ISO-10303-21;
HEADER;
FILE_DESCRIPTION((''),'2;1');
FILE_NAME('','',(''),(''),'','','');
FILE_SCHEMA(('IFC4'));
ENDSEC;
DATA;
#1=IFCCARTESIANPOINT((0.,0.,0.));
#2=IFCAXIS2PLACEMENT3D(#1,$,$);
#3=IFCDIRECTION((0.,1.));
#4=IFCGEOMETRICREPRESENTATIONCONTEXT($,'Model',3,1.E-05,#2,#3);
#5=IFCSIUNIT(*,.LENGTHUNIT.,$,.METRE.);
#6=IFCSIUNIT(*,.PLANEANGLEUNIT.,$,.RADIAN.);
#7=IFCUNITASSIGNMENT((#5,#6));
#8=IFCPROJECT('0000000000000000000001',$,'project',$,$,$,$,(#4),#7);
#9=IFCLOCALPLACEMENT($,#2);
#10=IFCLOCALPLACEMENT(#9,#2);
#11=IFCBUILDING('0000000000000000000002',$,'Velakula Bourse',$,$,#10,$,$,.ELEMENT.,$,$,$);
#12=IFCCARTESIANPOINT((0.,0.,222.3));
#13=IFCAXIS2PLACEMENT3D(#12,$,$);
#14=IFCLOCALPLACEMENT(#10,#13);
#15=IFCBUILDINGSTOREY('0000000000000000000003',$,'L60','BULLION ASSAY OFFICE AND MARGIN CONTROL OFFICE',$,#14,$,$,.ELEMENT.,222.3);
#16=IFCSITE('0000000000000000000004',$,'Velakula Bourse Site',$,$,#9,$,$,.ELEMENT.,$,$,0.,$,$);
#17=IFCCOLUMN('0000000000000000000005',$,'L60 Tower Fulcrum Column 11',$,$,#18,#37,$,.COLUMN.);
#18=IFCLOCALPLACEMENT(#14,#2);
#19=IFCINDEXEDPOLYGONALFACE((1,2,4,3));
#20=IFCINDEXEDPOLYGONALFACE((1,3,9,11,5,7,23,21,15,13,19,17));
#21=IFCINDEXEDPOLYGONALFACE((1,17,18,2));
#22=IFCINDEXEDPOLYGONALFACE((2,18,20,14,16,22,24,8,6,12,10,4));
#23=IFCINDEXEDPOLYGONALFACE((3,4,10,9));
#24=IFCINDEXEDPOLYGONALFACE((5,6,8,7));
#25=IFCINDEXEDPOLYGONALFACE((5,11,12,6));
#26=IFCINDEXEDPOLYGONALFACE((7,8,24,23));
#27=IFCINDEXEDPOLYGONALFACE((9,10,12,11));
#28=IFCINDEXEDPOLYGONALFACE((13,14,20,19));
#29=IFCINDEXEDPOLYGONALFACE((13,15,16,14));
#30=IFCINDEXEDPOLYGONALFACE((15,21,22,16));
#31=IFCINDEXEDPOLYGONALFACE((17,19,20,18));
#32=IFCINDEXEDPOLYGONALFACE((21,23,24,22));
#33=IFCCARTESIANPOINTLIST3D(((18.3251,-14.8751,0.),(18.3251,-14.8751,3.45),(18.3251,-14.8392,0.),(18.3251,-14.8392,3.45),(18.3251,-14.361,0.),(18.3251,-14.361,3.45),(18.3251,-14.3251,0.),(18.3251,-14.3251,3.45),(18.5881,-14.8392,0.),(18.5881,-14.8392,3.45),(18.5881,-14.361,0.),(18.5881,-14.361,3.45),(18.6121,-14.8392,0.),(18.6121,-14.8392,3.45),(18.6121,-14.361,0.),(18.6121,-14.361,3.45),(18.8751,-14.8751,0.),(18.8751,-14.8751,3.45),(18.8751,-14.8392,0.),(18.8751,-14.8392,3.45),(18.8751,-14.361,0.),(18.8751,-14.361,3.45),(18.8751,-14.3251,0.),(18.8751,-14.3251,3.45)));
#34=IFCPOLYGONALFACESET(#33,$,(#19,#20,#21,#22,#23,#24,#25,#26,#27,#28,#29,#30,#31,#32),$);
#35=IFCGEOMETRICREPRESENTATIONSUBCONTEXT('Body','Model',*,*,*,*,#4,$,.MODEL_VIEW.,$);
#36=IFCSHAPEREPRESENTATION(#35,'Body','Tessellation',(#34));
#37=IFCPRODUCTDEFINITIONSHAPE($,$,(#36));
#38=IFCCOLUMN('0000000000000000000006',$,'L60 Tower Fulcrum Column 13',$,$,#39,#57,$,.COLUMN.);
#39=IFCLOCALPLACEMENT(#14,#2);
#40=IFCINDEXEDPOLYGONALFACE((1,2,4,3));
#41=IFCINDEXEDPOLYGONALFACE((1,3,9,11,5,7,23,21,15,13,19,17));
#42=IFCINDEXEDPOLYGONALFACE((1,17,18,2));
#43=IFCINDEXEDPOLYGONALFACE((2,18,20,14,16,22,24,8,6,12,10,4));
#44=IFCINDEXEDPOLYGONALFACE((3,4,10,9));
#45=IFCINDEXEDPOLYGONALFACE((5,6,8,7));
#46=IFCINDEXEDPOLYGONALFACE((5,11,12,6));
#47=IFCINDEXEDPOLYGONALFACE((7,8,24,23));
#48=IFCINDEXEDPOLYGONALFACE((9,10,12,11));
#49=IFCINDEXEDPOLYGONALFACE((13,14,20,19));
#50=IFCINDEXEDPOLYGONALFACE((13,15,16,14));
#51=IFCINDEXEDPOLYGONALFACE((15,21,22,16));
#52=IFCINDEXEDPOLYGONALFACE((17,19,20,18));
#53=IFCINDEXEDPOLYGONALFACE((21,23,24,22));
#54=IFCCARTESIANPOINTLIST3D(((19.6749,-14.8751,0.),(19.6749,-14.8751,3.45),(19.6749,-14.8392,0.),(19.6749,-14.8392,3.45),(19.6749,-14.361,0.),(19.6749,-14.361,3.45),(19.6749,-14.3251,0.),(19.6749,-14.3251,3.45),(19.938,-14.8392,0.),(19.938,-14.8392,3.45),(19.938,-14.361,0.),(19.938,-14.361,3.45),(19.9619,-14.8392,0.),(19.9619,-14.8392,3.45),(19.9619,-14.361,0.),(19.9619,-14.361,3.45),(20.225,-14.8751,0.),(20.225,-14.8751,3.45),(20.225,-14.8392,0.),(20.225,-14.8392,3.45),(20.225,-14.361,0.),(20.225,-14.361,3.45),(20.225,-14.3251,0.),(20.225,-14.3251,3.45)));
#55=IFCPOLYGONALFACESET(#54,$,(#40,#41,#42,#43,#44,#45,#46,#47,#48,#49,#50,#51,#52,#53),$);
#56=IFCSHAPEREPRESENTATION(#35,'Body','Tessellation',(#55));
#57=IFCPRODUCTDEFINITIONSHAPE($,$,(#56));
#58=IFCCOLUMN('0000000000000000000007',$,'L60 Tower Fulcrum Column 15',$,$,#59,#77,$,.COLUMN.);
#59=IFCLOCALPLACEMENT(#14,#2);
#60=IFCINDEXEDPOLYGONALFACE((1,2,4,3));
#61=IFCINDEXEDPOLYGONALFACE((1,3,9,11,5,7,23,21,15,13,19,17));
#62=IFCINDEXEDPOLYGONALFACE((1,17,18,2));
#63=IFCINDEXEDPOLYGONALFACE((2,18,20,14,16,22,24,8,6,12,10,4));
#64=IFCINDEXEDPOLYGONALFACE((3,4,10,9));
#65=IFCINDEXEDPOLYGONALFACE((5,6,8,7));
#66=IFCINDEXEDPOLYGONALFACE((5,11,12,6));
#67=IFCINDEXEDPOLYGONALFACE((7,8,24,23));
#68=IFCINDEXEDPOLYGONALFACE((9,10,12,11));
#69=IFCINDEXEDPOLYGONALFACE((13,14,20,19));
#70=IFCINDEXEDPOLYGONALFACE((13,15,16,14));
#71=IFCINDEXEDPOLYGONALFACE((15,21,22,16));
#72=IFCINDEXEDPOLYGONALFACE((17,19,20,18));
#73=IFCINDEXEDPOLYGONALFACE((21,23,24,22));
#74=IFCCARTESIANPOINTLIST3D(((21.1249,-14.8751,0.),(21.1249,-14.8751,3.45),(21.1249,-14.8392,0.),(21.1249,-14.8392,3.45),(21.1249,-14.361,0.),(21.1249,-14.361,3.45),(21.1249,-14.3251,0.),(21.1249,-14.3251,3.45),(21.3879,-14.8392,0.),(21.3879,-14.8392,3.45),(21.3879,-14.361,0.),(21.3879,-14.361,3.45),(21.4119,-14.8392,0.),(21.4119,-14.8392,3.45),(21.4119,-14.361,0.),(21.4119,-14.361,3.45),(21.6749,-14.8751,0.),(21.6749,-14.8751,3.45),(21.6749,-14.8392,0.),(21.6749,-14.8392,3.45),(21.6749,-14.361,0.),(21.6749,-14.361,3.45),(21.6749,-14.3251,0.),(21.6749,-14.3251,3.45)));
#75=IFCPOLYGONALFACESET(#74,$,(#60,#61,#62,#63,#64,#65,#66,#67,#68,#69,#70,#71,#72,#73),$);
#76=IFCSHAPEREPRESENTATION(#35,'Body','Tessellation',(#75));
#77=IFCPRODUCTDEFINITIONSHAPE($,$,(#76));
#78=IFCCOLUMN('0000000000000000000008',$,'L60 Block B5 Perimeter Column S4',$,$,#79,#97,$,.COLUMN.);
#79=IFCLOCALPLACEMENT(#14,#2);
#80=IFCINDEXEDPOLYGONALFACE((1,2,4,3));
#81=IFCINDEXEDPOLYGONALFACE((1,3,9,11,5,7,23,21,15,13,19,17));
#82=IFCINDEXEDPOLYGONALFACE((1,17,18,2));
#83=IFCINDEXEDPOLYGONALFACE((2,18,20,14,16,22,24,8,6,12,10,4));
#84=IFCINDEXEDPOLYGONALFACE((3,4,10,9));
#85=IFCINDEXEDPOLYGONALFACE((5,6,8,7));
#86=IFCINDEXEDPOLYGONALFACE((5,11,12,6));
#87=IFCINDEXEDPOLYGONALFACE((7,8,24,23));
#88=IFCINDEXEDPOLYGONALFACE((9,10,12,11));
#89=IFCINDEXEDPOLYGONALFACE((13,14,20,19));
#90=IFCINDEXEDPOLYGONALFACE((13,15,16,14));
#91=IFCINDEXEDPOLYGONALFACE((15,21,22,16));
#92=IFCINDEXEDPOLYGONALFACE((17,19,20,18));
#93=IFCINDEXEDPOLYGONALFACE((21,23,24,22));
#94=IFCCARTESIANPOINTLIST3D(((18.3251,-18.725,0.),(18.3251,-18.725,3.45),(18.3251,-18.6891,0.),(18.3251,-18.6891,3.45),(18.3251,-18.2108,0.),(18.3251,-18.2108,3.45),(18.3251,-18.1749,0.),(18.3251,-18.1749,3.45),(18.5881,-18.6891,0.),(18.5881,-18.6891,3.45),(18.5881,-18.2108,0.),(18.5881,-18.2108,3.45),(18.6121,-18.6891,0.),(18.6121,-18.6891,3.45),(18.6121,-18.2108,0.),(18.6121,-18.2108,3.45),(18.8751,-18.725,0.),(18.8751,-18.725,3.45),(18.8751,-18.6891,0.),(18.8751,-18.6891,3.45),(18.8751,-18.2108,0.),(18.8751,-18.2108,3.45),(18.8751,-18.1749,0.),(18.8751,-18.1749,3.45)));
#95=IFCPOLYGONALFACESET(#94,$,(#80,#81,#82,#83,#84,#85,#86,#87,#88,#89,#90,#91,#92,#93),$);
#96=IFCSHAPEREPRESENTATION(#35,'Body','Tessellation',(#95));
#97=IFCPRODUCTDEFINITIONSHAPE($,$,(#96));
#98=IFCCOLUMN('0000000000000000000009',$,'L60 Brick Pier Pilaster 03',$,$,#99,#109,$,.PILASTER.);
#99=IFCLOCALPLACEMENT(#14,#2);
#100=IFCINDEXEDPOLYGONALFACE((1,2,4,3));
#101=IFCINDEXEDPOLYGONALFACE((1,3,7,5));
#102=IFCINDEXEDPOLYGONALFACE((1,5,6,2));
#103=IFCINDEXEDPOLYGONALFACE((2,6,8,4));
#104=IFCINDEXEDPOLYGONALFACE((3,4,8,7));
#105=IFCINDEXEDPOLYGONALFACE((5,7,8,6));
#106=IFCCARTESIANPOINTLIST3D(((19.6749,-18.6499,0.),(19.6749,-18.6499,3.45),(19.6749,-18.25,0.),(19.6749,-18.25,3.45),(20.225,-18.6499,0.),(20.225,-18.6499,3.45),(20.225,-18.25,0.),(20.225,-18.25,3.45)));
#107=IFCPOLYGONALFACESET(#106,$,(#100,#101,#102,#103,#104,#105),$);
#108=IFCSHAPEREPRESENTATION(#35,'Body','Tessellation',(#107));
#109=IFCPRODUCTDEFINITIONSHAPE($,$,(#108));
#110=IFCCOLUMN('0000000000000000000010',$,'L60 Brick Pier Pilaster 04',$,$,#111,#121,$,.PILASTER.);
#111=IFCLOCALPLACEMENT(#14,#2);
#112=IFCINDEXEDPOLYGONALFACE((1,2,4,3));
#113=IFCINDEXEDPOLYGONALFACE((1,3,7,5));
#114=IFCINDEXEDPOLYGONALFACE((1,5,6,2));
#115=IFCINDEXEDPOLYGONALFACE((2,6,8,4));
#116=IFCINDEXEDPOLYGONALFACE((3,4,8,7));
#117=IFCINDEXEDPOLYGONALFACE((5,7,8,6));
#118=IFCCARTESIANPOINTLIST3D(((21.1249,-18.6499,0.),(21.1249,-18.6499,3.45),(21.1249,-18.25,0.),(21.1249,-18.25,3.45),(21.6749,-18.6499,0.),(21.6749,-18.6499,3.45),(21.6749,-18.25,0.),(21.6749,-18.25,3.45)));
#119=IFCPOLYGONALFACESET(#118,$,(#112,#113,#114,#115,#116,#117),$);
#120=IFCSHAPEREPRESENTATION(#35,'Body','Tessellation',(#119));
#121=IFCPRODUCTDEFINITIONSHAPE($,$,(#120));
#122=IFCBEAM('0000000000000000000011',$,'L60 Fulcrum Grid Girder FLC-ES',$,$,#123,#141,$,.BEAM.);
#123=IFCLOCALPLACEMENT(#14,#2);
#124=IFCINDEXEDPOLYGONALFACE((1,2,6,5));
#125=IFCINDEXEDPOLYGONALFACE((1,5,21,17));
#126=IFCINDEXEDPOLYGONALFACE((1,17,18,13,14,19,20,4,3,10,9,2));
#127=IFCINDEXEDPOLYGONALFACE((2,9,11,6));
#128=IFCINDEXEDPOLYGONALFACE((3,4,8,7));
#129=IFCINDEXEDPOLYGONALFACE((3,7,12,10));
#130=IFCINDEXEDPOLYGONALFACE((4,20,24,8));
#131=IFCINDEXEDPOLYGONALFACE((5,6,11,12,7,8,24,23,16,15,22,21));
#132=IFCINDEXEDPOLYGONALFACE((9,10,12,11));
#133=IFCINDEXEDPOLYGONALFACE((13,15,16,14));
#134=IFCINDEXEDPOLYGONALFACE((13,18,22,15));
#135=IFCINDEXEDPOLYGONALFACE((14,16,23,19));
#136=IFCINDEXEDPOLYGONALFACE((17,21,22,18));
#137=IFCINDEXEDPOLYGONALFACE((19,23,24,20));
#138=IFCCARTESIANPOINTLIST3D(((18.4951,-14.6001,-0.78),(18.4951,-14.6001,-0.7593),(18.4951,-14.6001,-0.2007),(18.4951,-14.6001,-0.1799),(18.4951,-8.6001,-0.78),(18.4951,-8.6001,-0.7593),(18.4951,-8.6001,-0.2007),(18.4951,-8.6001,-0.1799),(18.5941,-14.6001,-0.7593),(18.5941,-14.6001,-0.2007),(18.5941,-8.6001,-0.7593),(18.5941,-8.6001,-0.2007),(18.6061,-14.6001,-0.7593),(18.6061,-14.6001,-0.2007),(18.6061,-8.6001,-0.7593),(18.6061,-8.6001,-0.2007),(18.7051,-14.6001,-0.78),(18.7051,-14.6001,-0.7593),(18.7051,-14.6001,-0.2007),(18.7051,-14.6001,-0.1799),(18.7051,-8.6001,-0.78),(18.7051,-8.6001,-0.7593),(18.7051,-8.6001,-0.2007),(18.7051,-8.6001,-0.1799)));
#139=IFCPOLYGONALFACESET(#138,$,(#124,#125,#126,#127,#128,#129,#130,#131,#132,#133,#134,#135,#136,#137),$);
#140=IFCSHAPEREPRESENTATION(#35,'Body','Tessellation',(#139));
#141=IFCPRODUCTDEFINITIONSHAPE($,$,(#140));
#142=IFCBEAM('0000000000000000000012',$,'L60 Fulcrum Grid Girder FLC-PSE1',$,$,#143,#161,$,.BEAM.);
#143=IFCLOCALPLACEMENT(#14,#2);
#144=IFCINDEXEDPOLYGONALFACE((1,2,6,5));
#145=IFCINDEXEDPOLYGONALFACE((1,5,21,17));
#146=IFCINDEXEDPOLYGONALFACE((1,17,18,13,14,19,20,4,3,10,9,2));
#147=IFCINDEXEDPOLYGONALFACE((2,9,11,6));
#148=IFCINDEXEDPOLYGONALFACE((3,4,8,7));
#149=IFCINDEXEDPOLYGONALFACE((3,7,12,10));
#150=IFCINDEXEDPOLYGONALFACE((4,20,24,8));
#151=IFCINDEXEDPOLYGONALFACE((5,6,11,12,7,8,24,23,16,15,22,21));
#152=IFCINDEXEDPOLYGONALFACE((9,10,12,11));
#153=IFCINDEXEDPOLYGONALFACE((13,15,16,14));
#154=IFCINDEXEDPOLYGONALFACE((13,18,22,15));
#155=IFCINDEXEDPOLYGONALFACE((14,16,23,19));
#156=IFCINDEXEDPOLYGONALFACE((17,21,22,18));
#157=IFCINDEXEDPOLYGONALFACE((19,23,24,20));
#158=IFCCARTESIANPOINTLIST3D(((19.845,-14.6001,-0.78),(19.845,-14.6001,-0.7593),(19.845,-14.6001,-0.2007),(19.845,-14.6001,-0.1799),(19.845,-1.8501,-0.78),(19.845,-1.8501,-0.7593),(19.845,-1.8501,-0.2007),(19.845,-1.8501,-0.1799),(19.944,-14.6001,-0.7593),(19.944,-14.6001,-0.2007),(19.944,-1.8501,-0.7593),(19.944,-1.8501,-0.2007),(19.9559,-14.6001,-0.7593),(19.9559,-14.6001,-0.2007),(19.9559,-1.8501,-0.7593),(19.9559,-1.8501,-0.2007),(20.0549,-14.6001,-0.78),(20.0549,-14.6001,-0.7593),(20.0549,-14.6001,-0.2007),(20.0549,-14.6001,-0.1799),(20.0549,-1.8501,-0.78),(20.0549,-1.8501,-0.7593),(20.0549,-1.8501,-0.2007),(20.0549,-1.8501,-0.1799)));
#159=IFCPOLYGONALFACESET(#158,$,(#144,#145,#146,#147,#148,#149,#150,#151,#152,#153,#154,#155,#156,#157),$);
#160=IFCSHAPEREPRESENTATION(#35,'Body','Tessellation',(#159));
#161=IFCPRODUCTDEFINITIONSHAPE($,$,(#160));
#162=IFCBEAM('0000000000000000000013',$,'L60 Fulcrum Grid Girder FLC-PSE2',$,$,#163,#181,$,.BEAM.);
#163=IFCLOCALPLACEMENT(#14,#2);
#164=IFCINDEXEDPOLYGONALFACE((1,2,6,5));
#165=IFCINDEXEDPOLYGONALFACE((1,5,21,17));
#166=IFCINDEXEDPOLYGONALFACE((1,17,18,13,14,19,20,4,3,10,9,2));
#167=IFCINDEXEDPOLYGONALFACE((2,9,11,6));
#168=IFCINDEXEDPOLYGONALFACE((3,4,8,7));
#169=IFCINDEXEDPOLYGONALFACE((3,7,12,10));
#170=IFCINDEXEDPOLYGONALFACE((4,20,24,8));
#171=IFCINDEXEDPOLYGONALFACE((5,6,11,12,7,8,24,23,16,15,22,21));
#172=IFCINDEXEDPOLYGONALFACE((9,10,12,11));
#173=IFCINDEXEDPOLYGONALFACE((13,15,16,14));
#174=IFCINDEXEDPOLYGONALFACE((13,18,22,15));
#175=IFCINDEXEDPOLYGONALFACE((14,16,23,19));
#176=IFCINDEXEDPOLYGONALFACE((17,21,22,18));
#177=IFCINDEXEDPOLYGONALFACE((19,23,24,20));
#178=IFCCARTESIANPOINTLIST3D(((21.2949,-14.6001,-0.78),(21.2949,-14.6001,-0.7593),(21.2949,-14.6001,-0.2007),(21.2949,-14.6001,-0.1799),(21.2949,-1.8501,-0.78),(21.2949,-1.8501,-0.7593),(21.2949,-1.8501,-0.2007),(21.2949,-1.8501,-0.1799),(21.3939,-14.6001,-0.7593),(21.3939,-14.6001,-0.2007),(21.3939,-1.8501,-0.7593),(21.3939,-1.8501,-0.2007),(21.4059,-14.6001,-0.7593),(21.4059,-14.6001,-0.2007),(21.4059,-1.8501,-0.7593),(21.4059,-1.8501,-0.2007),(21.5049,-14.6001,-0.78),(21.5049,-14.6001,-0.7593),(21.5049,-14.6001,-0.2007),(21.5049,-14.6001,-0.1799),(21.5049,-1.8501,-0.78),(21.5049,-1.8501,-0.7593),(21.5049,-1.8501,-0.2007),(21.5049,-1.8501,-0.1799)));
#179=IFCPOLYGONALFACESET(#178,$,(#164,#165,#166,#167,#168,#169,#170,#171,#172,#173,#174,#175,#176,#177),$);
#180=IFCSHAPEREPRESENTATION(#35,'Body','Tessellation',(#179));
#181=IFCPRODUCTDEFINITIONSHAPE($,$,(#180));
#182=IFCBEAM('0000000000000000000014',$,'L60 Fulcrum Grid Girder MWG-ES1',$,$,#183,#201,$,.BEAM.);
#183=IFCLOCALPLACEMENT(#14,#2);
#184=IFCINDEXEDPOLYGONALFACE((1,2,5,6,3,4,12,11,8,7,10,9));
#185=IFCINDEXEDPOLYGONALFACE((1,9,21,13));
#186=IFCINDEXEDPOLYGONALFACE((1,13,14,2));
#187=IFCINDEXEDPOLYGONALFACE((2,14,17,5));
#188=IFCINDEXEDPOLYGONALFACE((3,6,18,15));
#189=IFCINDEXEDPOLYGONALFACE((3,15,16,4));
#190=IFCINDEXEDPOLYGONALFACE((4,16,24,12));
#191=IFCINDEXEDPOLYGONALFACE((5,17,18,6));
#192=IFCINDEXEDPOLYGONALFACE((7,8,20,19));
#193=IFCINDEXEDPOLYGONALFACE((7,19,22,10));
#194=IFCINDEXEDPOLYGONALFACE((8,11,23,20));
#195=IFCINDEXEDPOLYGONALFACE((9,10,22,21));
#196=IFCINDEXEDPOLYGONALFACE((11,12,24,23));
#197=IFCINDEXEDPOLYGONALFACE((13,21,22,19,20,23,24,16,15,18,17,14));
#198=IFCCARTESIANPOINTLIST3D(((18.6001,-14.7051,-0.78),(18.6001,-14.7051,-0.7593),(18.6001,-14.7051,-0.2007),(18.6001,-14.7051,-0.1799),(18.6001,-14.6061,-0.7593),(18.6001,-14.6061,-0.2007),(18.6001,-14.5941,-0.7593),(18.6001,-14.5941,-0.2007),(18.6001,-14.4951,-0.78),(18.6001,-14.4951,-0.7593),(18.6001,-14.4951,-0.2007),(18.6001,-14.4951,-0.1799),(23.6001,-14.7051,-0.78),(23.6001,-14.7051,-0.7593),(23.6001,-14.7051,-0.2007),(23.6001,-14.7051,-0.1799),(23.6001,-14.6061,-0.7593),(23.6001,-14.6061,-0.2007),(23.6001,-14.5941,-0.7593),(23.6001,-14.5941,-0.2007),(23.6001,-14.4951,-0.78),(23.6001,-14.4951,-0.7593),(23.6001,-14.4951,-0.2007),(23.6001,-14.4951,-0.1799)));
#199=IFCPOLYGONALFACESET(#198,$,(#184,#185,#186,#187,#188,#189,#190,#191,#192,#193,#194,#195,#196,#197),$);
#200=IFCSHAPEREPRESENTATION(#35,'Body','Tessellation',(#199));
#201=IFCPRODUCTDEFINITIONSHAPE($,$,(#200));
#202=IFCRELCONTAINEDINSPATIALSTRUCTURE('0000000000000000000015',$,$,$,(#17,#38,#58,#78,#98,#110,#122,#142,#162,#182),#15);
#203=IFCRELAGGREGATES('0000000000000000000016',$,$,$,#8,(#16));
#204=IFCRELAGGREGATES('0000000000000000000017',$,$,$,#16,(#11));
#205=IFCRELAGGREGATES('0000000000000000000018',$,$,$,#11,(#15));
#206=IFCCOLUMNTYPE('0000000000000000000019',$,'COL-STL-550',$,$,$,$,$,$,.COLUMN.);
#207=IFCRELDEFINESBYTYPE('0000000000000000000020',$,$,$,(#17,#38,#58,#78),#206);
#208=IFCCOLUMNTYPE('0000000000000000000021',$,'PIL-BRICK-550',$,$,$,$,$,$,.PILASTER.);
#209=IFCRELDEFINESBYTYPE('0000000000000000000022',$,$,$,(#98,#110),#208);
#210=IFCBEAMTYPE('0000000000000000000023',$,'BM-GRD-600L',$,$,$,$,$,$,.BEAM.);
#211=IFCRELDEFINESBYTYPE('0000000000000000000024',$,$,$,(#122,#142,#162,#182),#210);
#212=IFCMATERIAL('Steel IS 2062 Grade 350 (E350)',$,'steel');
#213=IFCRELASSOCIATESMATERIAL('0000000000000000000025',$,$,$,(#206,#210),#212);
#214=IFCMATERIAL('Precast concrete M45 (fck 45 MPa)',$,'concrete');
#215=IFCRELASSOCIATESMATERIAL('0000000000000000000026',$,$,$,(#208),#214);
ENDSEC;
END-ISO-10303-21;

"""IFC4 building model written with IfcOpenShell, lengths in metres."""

from ifc_helpers import new_model, si_unit, direction, frame, origin, origin_2d, place, context, subcontext, project, spatial, rectangle, i_section, extrude, material, material_profile, profile_set, type_object, element, save


model = new_model("IFC4")

# Units and contexts
model_context = context("Model", 3, precision=1e-05, world=origin(), true_north=direction((0.0, 1.0)))
body_context = subcontext(model_context, "Body", "Model", "MODEL_VIEW")
ifc_project = project(units=[si_unit("LENGTHUNIT", "METRE"), si_unit("PLANEANGLEUNIT", "RADIAN")], contexts=[model_context])

# Site, building, storey
site_placement = place(None, origin())
site = spatial("IfcSite", under=ifc_project, at=site_placement, Name="Velakula Bourse Site", CompositionType="ELEMENT", RefElevation=0.0)
building_placement = place(site_placement, origin())
building = spatial("IfcBuilding", under=site, at=building_placement, Name="Velakula Bourse", CompositionType="ELEMENT")
storey_placement = place(building_placement, frame((0.0, 0.0, 222.3)))
storey = spatial("IfcBuildingStorey", under=building, at=storey_placement, Name="L60", Description="BULLION ASSAY OFFICE AND MARGIN CONTROL OFFICE", CompositionType="ELEMENT", Elevation=222.3)

# Columns
ifc_material_1 = material(Name="Steel IS 2062 Grade 350 (E350)", Category="steel")
ifc_material_profile_1 = material_profile(ifc_material_1, i_section(OverallWidth=0.55, OverallDepth=0.55, WebThickness=0.0239, FlangeThickness=0.0359, at=origin_2d()), Name="Steel IS 2062 Grade 350 (E350)")
ifc_profile_set_1 = profile_set([ifc_material_profile_1], Name="Steel IS 2062 Grade 350 (E350)")
column_type_1 = type_object("IfcColumnType", Name="COL-STL-550", PredefinedType="COLUMN", material=ifc_profile_set_1)
for number, where, z_axis, x_axis, name in (
    (1, (18.6001, -14.6001, 0.0), (0.0, 0.0, 1.0), (1.0, 0.0, 0.0), "L60 Tower Fulcrum Column 11"),
    (2, (19.95, -14.6001, 0.0), (0.0, 0.0, 1.0), (1.0, 0.0, 0.0), "L60 Tower Fulcrum Column 13"),
    (3, (21.3999, -14.6001, 0.0), (0.0, 0.0, 1.0), (1.0, 0.0, 0.0), "L60 Tower Fulcrum Column 15"),
    (4, (18.6001, -18.45, 0.0), (0.0, 0.0, 1.0), (1.0, 0.0, 0.0), "L60 Block B5 Perimeter Column S4"),
):
    element("IfcColumn", number, at=place(storey_placement, frame(where, z_axis=z_axis, x_axis=x_axis)), inside=storey, type_object=column_type_1, Name=name, PredefinedType="COLUMN", context=body_context, shape_type="SweptSolid", body=[
        extrude(i_section(OverallWidth=0.55, OverallDepth=0.55, WebThickness=0.0239, FlangeThickness=0.0359, at=origin_2d()), origin(), (0.0, 0.0, 1.0), 3.45),
    ])
ifc_material_2 = material(Name="Precast concrete M45 (fck 45 MPa)", Category="concrete")
ifc_material_profile_2 = material_profile(ifc_material_2, rectangle(XDim=0.55, YDim=0.3999, at=origin_2d()), Name="Precast concrete M45 (fck 45 MPa)")
ifc_profile_set_2 = profile_set([ifc_material_profile_2], Name="Precast concrete M45 (fck 45 MPa)")
column_type_2 = type_object("IfcColumnType", Name="PIL-BRICK-550", PredefinedType="PILASTER", material=ifc_profile_set_2)
for number, where, z_axis, x_axis, name in (
    (5, (19.95, -18.45, 0.0), (0.0, 0.0, 1.0), (1.0, 0.0, 0.0), "L60 Brick Pier Pilaster 03"),
    (6, (21.3999, -18.45, 0.0), (0.0, 0.0, 1.0), (1.0, 0.0, 0.0), "L60 Brick Pier Pilaster 04"),
):
    element("IfcColumn", number, at=place(storey_placement, frame(where, z_axis=z_axis, x_axis=x_axis)), inside=storey, type_object=column_type_2, Name=name, PredefinedType="PILASTER", context=body_context, shape_type="SweptSolid", body=[
        extrude(rectangle(XDim=0.55, YDim=0.3999, at=origin_2d()), origin(), (0.0, 0.0, 1.0), 3.45),
    ])

# Beams
ifc_material_profile_3 = material_profile(ifc_material_1, i_section(OverallWidth=0.21, OverallDepth=0.6001, WebThickness=0.012, FlangeThickness=0.0208, at=origin_2d()), Name="Steel IS 2062 Grade 350 (E350)")
ifc_profile_set_3 = profile_set([ifc_material_profile_3], Name="Steel IS 2062 Grade 350 (E350)")
beam_type_1 = type_object("IfcBeamType", Name="BM-GRD-600L", PredefinedType="BEAM", material=ifc_profile_set_3)
beam_1_placement = place(storey_placement, frame((18.6001, -14.6001, -0.48), z_axis=(0.0, 1.0, 0.0), x_axis=(-1.0, 0.0, 0.0)))
element("IfcBeam", 7, at=beam_1_placement, inside=storey, type_object=beam_type_1, Name="L60 Fulcrum Grid Girder FLC-ES", PredefinedType="BEAM", context=body_context, shape_type="SweptSolid", body=[
    extrude(i_section(OverallWidth=0.21, OverallDepth=0.6001, WebThickness=0.012, FlangeThickness=0.0208, at=origin_2d()), origin(), (0.0, 0.0, 1.0), 6.0),
])
for number, where, z_axis, x_axis, name in (
    (8, (19.95, -14.6001, -0.48), (0.0, 1.0, 0.0), (-1.0, 0.0, 0.0), "L60 Fulcrum Grid Girder FLC-PSE1"),
    (9, (21.3999, -14.6001, -0.48), (0.0, 1.0, 0.0), (-1.0, 0.0, 0.0), "L60 Fulcrum Grid Girder FLC-PSE2"),
):
    element("IfcBeam", number, at=place(storey_placement, frame(where, z_axis=z_axis, x_axis=x_axis)), inside=storey, type_object=beam_type_1, Name=name, PredefinedType="BEAM", context=body_context, shape_type="SweptSolid", body=[
        extrude(i_section(OverallWidth=0.21, OverallDepth=0.6001, WebThickness=0.012, FlangeThickness=0.0208, at=origin_2d()), origin(), (0.0, 0.0, 1.0), 12.75),
    ])
beam_2_placement = place(storey_placement, frame((18.6001, -14.6001, -0.48), z_axis=(1.0, 0.0, 0.0), x_axis=(0.0, 1.0, 0.0)))
element("IfcBeam", 10, at=beam_2_placement, inside=storey, type_object=beam_type_1, Name="L60 Fulcrum Grid Girder MWG-ES1", PredefinedType="BEAM", context=body_context, shape_type="SweptSolid", body=[
    extrude(i_section(OverallWidth=0.21, OverallDepth=0.6001, WebThickness=0.012, FlangeThickness=0.0208, at=origin_2d()), origin(), (0.0, 0.0, 1.0), 5.0),
])

save(model, "model.ifc")
